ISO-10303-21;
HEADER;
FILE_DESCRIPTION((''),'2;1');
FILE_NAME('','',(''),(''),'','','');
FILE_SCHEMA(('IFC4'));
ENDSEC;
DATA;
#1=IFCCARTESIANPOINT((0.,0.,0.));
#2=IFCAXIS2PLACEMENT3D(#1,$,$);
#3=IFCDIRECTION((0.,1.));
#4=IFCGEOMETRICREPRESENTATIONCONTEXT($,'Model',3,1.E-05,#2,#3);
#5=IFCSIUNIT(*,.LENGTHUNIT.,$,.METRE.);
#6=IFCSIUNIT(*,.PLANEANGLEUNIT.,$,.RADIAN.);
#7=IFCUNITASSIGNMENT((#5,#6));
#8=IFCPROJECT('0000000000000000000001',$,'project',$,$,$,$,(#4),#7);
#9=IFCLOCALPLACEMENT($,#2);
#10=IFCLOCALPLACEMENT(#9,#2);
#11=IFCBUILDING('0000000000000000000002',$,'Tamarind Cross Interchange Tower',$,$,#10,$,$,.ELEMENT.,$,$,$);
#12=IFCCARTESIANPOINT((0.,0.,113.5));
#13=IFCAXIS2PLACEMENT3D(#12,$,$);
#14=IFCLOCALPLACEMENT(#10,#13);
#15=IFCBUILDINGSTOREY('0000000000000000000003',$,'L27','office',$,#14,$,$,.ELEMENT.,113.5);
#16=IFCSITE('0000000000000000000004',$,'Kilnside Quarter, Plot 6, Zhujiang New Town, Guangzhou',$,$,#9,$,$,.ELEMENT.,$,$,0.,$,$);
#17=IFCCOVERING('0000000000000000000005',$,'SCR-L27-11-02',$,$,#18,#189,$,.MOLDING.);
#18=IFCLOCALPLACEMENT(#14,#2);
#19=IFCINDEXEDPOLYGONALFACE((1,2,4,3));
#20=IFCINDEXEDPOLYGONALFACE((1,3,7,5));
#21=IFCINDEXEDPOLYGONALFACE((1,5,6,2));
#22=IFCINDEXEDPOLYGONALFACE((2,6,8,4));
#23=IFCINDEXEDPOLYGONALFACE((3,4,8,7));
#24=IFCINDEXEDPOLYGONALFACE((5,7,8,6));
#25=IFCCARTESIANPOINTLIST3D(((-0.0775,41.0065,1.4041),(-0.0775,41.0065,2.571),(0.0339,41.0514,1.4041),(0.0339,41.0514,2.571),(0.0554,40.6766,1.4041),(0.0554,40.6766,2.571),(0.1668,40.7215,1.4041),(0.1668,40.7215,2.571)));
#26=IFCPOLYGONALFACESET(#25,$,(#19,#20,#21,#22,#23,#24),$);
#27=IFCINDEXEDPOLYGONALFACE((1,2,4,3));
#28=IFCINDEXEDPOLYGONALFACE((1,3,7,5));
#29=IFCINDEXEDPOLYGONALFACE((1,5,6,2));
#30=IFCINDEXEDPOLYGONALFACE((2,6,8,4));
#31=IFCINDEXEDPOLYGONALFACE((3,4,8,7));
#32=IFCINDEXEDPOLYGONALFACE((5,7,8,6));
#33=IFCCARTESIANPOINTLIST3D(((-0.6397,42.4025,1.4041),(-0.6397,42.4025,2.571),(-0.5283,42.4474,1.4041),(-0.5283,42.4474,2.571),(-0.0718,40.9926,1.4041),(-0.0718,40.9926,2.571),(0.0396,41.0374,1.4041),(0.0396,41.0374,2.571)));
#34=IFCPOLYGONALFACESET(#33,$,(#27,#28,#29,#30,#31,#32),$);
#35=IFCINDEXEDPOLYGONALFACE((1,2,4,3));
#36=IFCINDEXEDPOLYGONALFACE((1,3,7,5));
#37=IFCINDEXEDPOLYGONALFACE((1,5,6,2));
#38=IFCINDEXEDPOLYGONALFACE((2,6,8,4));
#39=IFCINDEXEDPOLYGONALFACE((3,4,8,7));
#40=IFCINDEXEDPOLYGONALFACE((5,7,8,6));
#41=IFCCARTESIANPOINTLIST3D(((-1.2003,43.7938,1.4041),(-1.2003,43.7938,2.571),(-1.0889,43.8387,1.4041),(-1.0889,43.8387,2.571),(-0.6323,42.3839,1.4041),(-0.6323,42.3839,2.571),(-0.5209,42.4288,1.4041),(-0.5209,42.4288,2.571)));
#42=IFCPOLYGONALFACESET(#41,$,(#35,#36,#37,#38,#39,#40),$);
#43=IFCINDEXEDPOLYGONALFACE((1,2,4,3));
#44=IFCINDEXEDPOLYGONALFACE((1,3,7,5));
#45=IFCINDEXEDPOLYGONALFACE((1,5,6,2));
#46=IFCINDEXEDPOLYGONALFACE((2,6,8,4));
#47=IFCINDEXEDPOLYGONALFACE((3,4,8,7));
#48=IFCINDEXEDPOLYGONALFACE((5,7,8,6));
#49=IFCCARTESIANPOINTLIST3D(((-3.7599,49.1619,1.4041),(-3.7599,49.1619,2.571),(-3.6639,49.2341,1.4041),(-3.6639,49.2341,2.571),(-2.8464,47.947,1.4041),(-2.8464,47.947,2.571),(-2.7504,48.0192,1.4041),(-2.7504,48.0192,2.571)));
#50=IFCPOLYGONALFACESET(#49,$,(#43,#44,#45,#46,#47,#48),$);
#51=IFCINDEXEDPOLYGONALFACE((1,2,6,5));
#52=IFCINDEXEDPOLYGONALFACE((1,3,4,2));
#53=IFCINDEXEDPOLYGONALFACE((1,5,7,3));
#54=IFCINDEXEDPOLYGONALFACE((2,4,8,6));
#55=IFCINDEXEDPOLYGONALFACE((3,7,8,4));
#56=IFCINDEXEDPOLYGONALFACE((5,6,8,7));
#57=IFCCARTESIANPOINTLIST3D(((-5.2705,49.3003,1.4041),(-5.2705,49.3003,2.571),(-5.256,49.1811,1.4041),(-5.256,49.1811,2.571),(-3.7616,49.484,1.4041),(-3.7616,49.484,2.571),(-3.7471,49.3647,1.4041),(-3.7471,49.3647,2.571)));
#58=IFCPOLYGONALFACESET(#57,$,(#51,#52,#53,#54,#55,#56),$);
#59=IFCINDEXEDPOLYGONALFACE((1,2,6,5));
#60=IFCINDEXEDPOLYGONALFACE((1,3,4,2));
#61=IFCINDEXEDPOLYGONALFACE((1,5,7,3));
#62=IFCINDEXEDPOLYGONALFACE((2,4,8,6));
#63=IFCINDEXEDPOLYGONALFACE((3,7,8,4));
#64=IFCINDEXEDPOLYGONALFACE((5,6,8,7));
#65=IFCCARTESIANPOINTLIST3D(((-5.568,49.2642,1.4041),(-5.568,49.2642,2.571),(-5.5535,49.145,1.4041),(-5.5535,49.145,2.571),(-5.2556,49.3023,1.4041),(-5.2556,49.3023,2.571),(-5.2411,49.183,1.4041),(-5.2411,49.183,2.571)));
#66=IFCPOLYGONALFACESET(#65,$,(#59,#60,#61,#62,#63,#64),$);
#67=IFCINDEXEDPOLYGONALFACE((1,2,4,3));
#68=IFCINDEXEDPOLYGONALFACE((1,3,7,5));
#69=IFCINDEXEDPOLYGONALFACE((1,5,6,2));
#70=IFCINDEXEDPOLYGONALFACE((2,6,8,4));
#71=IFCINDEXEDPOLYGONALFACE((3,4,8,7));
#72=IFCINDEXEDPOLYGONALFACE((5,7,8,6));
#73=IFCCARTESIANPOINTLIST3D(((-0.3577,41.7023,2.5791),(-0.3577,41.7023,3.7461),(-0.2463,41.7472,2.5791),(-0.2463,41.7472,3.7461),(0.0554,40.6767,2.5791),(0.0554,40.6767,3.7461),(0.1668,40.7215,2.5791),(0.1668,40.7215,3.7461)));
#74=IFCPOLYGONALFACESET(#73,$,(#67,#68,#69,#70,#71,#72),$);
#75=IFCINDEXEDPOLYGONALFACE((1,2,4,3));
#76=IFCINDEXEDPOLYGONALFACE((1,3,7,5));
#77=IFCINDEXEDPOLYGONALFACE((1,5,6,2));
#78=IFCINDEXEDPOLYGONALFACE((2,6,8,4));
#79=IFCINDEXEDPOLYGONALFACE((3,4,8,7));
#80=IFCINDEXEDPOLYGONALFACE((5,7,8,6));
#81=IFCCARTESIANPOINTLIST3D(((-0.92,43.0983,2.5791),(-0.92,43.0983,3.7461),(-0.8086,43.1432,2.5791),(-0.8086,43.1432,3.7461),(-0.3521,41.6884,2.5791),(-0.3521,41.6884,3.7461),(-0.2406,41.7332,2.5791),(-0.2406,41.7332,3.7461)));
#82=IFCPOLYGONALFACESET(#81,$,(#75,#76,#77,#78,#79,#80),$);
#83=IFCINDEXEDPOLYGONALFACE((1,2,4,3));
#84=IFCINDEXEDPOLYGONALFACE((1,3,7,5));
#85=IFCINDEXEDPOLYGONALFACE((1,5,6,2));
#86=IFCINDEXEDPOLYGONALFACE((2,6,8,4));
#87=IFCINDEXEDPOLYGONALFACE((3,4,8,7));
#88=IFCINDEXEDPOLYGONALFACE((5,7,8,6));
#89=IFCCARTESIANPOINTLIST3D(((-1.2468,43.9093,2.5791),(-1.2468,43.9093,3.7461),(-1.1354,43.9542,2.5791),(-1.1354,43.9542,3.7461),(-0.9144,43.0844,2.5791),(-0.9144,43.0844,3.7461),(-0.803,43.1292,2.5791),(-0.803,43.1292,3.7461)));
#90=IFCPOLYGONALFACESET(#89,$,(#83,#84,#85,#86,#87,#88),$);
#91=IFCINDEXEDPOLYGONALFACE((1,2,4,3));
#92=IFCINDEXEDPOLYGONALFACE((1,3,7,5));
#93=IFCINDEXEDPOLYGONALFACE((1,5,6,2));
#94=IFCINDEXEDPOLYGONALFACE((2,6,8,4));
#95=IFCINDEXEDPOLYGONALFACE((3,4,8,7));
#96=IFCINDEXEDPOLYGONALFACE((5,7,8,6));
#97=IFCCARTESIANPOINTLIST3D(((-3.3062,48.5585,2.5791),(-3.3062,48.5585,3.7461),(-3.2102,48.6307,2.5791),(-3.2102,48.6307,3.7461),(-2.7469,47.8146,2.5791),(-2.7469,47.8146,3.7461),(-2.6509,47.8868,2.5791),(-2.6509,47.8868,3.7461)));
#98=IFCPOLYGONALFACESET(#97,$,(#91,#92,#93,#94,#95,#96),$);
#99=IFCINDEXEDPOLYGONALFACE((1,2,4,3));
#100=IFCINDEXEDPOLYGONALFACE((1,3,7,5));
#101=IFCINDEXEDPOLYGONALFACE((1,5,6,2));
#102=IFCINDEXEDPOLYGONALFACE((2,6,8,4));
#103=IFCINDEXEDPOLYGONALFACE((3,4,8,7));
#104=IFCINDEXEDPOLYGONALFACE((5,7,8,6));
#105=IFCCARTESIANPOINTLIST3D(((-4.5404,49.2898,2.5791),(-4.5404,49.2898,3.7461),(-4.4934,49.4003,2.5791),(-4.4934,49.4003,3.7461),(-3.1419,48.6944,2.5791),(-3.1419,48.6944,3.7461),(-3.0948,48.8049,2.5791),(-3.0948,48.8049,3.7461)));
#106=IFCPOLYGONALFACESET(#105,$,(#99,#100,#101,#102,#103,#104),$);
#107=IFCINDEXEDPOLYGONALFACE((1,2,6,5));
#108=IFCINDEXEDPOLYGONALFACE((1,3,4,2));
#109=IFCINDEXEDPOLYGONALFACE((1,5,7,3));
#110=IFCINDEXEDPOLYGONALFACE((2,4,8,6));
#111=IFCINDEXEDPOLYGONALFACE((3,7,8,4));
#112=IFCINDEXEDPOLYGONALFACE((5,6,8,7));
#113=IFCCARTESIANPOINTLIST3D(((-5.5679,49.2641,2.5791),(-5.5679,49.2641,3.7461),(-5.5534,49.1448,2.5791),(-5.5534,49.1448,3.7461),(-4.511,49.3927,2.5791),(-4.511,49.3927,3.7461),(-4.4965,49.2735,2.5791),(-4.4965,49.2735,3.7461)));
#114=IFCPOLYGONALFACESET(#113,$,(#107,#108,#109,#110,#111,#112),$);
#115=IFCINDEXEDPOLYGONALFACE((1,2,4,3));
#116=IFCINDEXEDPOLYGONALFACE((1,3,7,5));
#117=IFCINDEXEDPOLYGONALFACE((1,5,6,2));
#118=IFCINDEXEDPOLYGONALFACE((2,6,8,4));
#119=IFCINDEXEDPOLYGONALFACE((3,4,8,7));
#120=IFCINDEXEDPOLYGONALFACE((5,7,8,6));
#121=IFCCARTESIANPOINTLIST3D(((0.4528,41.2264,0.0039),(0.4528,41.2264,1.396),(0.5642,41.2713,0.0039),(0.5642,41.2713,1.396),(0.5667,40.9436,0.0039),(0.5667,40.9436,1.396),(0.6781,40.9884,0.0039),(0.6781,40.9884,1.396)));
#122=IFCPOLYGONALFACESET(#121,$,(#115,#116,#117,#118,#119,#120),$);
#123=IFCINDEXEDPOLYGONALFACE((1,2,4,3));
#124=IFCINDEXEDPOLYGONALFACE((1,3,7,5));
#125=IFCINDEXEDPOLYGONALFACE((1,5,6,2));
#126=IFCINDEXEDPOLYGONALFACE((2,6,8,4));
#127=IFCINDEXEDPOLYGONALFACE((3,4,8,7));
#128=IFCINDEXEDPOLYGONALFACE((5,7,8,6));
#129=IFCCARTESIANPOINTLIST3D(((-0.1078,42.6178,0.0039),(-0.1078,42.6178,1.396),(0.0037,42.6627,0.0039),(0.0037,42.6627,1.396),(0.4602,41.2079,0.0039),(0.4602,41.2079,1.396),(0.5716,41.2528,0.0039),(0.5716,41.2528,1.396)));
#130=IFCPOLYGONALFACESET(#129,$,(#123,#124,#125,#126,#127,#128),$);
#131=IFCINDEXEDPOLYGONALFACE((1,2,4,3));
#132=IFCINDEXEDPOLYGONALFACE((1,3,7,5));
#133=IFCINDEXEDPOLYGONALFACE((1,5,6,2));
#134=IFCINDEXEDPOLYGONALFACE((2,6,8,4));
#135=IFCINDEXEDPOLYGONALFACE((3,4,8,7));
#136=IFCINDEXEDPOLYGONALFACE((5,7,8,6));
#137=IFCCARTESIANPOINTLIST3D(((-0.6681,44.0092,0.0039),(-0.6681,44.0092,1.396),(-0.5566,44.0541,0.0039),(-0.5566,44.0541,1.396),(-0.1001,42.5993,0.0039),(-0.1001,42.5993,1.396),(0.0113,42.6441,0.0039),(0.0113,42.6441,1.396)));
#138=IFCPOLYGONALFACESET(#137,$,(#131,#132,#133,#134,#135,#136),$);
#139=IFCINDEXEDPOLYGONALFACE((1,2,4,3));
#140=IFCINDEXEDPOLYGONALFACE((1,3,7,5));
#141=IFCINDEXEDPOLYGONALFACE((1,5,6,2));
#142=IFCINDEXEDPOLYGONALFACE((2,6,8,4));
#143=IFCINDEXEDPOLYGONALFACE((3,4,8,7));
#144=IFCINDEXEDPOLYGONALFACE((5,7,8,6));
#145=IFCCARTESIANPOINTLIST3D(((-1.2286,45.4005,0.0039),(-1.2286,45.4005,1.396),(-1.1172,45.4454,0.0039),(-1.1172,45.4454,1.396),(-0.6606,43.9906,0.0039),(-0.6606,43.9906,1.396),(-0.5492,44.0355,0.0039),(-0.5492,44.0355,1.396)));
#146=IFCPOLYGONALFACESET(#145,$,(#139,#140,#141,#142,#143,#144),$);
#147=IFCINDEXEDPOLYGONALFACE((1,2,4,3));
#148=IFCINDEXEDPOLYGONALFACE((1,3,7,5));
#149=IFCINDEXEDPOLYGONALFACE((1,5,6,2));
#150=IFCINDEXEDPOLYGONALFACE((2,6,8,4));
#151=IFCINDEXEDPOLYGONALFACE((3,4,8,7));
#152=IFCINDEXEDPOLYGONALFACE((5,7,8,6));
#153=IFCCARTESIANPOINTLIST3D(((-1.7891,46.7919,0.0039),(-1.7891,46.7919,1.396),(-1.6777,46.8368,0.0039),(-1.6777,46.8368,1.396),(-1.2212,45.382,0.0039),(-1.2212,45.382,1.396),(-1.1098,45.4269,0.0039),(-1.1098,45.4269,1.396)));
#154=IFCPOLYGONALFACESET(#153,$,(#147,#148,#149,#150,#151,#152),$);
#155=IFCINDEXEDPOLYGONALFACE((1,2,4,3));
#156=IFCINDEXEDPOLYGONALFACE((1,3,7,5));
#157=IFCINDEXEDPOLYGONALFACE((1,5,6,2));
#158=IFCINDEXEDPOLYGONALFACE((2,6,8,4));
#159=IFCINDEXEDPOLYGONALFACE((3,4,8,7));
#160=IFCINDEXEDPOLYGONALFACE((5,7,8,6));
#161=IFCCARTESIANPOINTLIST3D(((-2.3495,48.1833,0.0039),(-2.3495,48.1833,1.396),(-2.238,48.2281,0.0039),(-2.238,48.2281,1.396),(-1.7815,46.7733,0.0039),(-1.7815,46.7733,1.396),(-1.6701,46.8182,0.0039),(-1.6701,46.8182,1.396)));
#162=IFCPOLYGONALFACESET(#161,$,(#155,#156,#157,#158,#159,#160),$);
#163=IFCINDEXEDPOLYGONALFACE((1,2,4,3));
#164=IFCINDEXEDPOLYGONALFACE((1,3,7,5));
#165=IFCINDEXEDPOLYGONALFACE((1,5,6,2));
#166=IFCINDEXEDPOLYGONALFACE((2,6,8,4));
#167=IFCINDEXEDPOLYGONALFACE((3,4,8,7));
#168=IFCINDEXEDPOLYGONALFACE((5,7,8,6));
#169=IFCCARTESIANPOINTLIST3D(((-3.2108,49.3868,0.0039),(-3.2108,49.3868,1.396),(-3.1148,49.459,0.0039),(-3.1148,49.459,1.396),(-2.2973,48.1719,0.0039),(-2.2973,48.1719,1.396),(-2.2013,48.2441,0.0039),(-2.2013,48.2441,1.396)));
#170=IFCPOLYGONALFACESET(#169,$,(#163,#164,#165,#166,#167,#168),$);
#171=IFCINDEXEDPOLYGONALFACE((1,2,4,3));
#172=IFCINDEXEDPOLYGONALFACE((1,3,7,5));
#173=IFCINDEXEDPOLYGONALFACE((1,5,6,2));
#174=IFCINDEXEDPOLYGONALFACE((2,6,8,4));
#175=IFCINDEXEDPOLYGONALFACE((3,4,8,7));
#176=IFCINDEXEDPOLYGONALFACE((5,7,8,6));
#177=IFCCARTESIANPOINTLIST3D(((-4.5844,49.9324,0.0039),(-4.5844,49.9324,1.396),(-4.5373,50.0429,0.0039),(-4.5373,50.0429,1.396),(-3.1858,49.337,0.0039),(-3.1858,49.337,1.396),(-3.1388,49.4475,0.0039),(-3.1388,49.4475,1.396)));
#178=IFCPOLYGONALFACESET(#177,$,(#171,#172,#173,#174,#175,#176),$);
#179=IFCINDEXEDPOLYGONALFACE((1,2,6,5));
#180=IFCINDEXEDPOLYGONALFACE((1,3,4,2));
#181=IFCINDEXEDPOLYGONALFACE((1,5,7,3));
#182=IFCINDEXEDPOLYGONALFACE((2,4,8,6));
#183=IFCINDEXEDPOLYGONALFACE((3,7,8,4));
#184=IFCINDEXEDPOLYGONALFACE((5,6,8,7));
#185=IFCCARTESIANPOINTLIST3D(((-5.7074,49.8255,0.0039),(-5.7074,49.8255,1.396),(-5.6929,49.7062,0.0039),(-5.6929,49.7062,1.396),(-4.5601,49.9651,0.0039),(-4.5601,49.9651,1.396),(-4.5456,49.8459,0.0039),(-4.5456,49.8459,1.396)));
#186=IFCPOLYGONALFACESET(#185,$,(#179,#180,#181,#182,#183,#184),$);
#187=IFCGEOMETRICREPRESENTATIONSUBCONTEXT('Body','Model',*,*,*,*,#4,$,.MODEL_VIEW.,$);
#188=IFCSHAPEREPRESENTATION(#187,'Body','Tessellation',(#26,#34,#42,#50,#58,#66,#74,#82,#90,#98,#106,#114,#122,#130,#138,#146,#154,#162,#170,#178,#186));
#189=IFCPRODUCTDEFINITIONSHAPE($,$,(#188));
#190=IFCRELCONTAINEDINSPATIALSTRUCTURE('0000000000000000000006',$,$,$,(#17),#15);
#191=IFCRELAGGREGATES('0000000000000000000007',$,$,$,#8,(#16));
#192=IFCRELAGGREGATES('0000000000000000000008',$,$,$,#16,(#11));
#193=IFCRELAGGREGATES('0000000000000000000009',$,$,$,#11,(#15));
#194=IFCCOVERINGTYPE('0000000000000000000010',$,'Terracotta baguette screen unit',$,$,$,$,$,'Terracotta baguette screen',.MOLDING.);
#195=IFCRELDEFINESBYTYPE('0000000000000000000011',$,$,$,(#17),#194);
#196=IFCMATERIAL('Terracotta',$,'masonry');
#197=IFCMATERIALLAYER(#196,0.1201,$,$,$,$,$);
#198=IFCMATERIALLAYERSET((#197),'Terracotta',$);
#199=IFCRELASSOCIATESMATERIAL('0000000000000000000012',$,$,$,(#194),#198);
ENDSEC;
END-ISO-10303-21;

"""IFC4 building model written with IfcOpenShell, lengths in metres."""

from ifc_helpers import new_model, si_unit, direction, frame, origin, origin_2d, place, context, subcontext, project, spatial, rectangle, extrude, material, layer, layer_set, type_object, element, save


model = new_model("IFC4")

# Units and contexts
model_context = context("Model", 3, precision=1e-05, world=origin(), true_north=direction((0.0, 1.0)))
body_context = subcontext(model_context, "Body", "Model", "MODEL_VIEW")
ifc_project = project(units=[si_unit("LENGTHUNIT", "METRE"), si_unit("PLANEANGLEUNIT", "RADIAN")], contexts=[model_context])

# Site, building, storey
site_placement = place(None, origin())
site = spatial("IfcSite", under=ifc_project, at=site_placement, Name="Kilnside Quarter, Plot 6, Zhujiang New Town, Guangzhou", CompositionType="ELEMENT", RefElevation=0.0)
building_placement = place(site_placement, origin())
building = spatial("IfcBuilding", under=site, at=building_placement, Name="Tamarind Cross Interchange Tower", CompositionType="ELEMENT")
storey_placement = place(building_placement, frame((0.0, 0.0, 113.5)))
storey = spatial("IfcBuildingStorey", under=building, at=storey_placement, Name="L27", Description="office", CompositionType="ELEMENT", Elevation=113.5)

# Covering
ifc_material_1 = material(Name="Terracotta", Category="masonry")
ifc_layer_1 = layer(ifc_material_1, 0.1201)
ifc_layer_set_1 = layer_set([ifc_layer_1], Name="Terracotta")
covering_type = type_object("IfcCoveringType", Name="Terracotta baguette screen unit", ElementType="Terracotta baguette screen", PredefinedType="MOLDING", material=ifc_layer_set_1)
covering_1_placement = place(storey_placement, origin())
element("IfcCovering", 1, at=covering_1_placement, inside=storey, type_object=covering_type, Name="SCR-L27-11-02", PredefinedType="MOLDING", context=body_context, shape_type="SweptSolid", body=[
    extrude(rectangle(XDim=0.3557, YDim=0.1201, at=origin_2d()), frame((0.0447, 40.864, 1.4041), z_axis=(0.0, 0.0, 1.0), x_axis=(-0.373648, 0.92757, 0.0)), (0.0, 0.0, 1.0), 1.167),
    extrude(rectangle(XDim=1.52, YDim=0.1201, at=origin_2d()), frame((-0.3, 41.72, 1.4041), z_axis=(0.0, 0.0, 1.0), x_axis=(-0.373648, 0.92757, 0.0)), (0.0, 0.0, 1.0), 1.167),
    extrude(rectangle(XDim=1.52, YDim=0.1201, at=origin_2d()), frame((-0.8606, 43.1113, 1.4041), z_axis=(0.0, 0.0, 1.0), x_axis=(-0.373648, 0.92757, 0.0)), (0.0, 0.0, 1.0), 1.167),
    extrude(rectangle(XDim=1.52, YDim=0.1201, at=origin_2d()), frame((-3.2551, 48.5906, 1.4041), z_axis=(0.0, 0.0, 1.0), x_axis=(-0.60099, 0.799257, 0.0)), (0.0, 0.0, 1.0), 1.167),
    extrude(rectangle(XDim=1.52, YDim=0.1201, at=origin_2d()), frame((-4.5088, 49.3325, 1.4041), z_axis=(0.0, 0.0, 1.0), x_axis=(-0.992672, -0.120844, 0.0)), (0.0, 0.0, 1.0), 1.167),
    extrude(rectangle(XDim=0.3147, YDim=0.1201, at=origin_2d()), frame((-5.4045, 49.2236, 1.4041), z_axis=(0.0, 0.0, 1.0), x_axis=(-0.992672, -0.120844, 0.0)), (0.0, 0.0, 1.0), 1.167),
    extrude(rectangle(XDim=1.1057, YDim=0.1201, at=origin_2d()), frame((-0.0955, 41.2119, 2.5791), z_axis=(0.0, 0.0, 1.0), x_axis=(-0.373648, 0.92757, 0.0)), (0.0, 0.0, 1.0), 1.167),
    extrude(rectangle(XDim=1.52, YDim=0.1201, at=origin_2d()), frame((-0.5803, 42.4158, 2.5791), z_axis=(0.0, 0.0, 1.0), x_axis=(-0.373648, 0.92757, 0.0)), (0.0, 0.0, 1.0), 1.167),
    extrude(rectangle(XDim=0.8894, YDim=0.1201, at=origin_2d()), frame((-1.0249, 43.5193, 2.5791), z_axis=(0.0, 0.0, 1.0), x_axis=(-0.373648, 0.92757, 0.0)), (0.0, 0.0, 1.0), 1.167),
    extrude(rectangle(XDim=0.9307, YDim=0.1201, at=origin_2d()), frame((-2.9785, 48.2227, 2.5791), z_axis=(0.0, 0.0, 1.0), x_axis=(-0.60099, 0.799257, 0.0)), (0.0, 0.0, 1.0), 1.167),
    extrude(rectangle(XDim=1.52, YDim=0.1201, at=origin_2d()), frame((-3.8176, 49.0474, 2.5791), z_axis=(0.0, 0.0, 1.0), x_axis=(-0.920101, 0.391682, 0.0)), (0.0, 0.0, 1.0), 1.167),
    extrude(rectangle(XDim=1.0647, YDim=0.1201, at=origin_2d()), frame((-5.0322, 49.2688, 2.5791), z_axis=(0.0, 0.0, 1.0), x_axis=(-0.992672, -0.120844, 0.0)), (0.0, 0.0, 1.0), 1.167),
    extrude(rectangle(XDim=0.3049, YDim=0.1201, at=origin_2d()), frame((0.5654, 41.1074, 0.0039), z_axis=(0.0, 0.0, 1.0), x_axis=(-0.373648, 0.92757, 0.0)), (0.0, 0.0, 1.0), 1.3921),
    extrude(rectangle(XDim=1.52, YDim=0.1201, at=origin_2d()), frame((0.2319, 41.9353, 0.0039), z_axis=(0.0, 0.0, 1.0), x_axis=(-0.373648, 0.92757, 0.0)), (0.0, 0.0, 1.0), 1.3921),
    extrude(rectangle(XDim=1.52, YDim=0.1201, at=origin_2d()), frame((-0.3284, 43.3267, 0.0039), z_axis=(0.0, 0.0, 1.0), x_axis=(-0.373648, 0.92757, 0.0)), (0.0, 0.0, 1.0), 1.3921),
    extrude(rectangle(XDim=1.52, YDim=0.1201, at=origin_2d()), frame((-0.8889, 44.718, 0.0039), z_axis=(0.0, 0.0, 1.0), x_axis=(-0.373648, 0.92757, 0.0)), (0.0, 0.0, 1.0), 1.3921),
    extrude(rectangle(XDim=1.52, YDim=0.1201, at=origin_2d()), frame((-1.4495, 46.1094, 0.0039), z_axis=(0.0, 0.0, 1.0), x_axis=(-0.373648, 0.92757, 0.0)), (0.0, 0.0, 1.0), 1.3921),
    extrude(rectangle(XDim=1.52, YDim=0.1201, at=origin_2d()), frame((-2.0098, 47.5007, 0.0039), z_axis=(0.0, 0.0, 1.0), x_axis=(-0.373648, 0.92757, 0.0)), (0.0, 0.0, 1.0), 1.3921),
    extrude(rectangle(XDim=1.52, YDim=0.1201, at=origin_2d()), frame((-2.7061, 48.8154, 0.0039), z_axis=(0.0, 0.0, 1.0), x_axis=(-0.60099, 0.799257, 0.0)), (0.0, 0.0, 1.0), 1.3921),
    extrude(rectangle(XDim=1.52, YDim=0.1201, at=origin_2d()), frame((-3.8616, 49.6899, 0.0039), z_axis=(0.0, 0.0, 1.0), x_axis=(-0.920101, 0.391682, 0.0)), (0.0, 0.0, 1.0), 1.3921),
    extrude(rectangle(XDim=1.1558, YDim=0.1201, at=origin_2d()), frame((-5.1265, 49.8357, 0.0039), z_axis=(0.0, 0.0, 1.0), x_axis=(-0.992672, -0.120844, 0.0)), (0.0, 0.0, 1.0), 1.3921),
])

save(model, "model.ifc")
